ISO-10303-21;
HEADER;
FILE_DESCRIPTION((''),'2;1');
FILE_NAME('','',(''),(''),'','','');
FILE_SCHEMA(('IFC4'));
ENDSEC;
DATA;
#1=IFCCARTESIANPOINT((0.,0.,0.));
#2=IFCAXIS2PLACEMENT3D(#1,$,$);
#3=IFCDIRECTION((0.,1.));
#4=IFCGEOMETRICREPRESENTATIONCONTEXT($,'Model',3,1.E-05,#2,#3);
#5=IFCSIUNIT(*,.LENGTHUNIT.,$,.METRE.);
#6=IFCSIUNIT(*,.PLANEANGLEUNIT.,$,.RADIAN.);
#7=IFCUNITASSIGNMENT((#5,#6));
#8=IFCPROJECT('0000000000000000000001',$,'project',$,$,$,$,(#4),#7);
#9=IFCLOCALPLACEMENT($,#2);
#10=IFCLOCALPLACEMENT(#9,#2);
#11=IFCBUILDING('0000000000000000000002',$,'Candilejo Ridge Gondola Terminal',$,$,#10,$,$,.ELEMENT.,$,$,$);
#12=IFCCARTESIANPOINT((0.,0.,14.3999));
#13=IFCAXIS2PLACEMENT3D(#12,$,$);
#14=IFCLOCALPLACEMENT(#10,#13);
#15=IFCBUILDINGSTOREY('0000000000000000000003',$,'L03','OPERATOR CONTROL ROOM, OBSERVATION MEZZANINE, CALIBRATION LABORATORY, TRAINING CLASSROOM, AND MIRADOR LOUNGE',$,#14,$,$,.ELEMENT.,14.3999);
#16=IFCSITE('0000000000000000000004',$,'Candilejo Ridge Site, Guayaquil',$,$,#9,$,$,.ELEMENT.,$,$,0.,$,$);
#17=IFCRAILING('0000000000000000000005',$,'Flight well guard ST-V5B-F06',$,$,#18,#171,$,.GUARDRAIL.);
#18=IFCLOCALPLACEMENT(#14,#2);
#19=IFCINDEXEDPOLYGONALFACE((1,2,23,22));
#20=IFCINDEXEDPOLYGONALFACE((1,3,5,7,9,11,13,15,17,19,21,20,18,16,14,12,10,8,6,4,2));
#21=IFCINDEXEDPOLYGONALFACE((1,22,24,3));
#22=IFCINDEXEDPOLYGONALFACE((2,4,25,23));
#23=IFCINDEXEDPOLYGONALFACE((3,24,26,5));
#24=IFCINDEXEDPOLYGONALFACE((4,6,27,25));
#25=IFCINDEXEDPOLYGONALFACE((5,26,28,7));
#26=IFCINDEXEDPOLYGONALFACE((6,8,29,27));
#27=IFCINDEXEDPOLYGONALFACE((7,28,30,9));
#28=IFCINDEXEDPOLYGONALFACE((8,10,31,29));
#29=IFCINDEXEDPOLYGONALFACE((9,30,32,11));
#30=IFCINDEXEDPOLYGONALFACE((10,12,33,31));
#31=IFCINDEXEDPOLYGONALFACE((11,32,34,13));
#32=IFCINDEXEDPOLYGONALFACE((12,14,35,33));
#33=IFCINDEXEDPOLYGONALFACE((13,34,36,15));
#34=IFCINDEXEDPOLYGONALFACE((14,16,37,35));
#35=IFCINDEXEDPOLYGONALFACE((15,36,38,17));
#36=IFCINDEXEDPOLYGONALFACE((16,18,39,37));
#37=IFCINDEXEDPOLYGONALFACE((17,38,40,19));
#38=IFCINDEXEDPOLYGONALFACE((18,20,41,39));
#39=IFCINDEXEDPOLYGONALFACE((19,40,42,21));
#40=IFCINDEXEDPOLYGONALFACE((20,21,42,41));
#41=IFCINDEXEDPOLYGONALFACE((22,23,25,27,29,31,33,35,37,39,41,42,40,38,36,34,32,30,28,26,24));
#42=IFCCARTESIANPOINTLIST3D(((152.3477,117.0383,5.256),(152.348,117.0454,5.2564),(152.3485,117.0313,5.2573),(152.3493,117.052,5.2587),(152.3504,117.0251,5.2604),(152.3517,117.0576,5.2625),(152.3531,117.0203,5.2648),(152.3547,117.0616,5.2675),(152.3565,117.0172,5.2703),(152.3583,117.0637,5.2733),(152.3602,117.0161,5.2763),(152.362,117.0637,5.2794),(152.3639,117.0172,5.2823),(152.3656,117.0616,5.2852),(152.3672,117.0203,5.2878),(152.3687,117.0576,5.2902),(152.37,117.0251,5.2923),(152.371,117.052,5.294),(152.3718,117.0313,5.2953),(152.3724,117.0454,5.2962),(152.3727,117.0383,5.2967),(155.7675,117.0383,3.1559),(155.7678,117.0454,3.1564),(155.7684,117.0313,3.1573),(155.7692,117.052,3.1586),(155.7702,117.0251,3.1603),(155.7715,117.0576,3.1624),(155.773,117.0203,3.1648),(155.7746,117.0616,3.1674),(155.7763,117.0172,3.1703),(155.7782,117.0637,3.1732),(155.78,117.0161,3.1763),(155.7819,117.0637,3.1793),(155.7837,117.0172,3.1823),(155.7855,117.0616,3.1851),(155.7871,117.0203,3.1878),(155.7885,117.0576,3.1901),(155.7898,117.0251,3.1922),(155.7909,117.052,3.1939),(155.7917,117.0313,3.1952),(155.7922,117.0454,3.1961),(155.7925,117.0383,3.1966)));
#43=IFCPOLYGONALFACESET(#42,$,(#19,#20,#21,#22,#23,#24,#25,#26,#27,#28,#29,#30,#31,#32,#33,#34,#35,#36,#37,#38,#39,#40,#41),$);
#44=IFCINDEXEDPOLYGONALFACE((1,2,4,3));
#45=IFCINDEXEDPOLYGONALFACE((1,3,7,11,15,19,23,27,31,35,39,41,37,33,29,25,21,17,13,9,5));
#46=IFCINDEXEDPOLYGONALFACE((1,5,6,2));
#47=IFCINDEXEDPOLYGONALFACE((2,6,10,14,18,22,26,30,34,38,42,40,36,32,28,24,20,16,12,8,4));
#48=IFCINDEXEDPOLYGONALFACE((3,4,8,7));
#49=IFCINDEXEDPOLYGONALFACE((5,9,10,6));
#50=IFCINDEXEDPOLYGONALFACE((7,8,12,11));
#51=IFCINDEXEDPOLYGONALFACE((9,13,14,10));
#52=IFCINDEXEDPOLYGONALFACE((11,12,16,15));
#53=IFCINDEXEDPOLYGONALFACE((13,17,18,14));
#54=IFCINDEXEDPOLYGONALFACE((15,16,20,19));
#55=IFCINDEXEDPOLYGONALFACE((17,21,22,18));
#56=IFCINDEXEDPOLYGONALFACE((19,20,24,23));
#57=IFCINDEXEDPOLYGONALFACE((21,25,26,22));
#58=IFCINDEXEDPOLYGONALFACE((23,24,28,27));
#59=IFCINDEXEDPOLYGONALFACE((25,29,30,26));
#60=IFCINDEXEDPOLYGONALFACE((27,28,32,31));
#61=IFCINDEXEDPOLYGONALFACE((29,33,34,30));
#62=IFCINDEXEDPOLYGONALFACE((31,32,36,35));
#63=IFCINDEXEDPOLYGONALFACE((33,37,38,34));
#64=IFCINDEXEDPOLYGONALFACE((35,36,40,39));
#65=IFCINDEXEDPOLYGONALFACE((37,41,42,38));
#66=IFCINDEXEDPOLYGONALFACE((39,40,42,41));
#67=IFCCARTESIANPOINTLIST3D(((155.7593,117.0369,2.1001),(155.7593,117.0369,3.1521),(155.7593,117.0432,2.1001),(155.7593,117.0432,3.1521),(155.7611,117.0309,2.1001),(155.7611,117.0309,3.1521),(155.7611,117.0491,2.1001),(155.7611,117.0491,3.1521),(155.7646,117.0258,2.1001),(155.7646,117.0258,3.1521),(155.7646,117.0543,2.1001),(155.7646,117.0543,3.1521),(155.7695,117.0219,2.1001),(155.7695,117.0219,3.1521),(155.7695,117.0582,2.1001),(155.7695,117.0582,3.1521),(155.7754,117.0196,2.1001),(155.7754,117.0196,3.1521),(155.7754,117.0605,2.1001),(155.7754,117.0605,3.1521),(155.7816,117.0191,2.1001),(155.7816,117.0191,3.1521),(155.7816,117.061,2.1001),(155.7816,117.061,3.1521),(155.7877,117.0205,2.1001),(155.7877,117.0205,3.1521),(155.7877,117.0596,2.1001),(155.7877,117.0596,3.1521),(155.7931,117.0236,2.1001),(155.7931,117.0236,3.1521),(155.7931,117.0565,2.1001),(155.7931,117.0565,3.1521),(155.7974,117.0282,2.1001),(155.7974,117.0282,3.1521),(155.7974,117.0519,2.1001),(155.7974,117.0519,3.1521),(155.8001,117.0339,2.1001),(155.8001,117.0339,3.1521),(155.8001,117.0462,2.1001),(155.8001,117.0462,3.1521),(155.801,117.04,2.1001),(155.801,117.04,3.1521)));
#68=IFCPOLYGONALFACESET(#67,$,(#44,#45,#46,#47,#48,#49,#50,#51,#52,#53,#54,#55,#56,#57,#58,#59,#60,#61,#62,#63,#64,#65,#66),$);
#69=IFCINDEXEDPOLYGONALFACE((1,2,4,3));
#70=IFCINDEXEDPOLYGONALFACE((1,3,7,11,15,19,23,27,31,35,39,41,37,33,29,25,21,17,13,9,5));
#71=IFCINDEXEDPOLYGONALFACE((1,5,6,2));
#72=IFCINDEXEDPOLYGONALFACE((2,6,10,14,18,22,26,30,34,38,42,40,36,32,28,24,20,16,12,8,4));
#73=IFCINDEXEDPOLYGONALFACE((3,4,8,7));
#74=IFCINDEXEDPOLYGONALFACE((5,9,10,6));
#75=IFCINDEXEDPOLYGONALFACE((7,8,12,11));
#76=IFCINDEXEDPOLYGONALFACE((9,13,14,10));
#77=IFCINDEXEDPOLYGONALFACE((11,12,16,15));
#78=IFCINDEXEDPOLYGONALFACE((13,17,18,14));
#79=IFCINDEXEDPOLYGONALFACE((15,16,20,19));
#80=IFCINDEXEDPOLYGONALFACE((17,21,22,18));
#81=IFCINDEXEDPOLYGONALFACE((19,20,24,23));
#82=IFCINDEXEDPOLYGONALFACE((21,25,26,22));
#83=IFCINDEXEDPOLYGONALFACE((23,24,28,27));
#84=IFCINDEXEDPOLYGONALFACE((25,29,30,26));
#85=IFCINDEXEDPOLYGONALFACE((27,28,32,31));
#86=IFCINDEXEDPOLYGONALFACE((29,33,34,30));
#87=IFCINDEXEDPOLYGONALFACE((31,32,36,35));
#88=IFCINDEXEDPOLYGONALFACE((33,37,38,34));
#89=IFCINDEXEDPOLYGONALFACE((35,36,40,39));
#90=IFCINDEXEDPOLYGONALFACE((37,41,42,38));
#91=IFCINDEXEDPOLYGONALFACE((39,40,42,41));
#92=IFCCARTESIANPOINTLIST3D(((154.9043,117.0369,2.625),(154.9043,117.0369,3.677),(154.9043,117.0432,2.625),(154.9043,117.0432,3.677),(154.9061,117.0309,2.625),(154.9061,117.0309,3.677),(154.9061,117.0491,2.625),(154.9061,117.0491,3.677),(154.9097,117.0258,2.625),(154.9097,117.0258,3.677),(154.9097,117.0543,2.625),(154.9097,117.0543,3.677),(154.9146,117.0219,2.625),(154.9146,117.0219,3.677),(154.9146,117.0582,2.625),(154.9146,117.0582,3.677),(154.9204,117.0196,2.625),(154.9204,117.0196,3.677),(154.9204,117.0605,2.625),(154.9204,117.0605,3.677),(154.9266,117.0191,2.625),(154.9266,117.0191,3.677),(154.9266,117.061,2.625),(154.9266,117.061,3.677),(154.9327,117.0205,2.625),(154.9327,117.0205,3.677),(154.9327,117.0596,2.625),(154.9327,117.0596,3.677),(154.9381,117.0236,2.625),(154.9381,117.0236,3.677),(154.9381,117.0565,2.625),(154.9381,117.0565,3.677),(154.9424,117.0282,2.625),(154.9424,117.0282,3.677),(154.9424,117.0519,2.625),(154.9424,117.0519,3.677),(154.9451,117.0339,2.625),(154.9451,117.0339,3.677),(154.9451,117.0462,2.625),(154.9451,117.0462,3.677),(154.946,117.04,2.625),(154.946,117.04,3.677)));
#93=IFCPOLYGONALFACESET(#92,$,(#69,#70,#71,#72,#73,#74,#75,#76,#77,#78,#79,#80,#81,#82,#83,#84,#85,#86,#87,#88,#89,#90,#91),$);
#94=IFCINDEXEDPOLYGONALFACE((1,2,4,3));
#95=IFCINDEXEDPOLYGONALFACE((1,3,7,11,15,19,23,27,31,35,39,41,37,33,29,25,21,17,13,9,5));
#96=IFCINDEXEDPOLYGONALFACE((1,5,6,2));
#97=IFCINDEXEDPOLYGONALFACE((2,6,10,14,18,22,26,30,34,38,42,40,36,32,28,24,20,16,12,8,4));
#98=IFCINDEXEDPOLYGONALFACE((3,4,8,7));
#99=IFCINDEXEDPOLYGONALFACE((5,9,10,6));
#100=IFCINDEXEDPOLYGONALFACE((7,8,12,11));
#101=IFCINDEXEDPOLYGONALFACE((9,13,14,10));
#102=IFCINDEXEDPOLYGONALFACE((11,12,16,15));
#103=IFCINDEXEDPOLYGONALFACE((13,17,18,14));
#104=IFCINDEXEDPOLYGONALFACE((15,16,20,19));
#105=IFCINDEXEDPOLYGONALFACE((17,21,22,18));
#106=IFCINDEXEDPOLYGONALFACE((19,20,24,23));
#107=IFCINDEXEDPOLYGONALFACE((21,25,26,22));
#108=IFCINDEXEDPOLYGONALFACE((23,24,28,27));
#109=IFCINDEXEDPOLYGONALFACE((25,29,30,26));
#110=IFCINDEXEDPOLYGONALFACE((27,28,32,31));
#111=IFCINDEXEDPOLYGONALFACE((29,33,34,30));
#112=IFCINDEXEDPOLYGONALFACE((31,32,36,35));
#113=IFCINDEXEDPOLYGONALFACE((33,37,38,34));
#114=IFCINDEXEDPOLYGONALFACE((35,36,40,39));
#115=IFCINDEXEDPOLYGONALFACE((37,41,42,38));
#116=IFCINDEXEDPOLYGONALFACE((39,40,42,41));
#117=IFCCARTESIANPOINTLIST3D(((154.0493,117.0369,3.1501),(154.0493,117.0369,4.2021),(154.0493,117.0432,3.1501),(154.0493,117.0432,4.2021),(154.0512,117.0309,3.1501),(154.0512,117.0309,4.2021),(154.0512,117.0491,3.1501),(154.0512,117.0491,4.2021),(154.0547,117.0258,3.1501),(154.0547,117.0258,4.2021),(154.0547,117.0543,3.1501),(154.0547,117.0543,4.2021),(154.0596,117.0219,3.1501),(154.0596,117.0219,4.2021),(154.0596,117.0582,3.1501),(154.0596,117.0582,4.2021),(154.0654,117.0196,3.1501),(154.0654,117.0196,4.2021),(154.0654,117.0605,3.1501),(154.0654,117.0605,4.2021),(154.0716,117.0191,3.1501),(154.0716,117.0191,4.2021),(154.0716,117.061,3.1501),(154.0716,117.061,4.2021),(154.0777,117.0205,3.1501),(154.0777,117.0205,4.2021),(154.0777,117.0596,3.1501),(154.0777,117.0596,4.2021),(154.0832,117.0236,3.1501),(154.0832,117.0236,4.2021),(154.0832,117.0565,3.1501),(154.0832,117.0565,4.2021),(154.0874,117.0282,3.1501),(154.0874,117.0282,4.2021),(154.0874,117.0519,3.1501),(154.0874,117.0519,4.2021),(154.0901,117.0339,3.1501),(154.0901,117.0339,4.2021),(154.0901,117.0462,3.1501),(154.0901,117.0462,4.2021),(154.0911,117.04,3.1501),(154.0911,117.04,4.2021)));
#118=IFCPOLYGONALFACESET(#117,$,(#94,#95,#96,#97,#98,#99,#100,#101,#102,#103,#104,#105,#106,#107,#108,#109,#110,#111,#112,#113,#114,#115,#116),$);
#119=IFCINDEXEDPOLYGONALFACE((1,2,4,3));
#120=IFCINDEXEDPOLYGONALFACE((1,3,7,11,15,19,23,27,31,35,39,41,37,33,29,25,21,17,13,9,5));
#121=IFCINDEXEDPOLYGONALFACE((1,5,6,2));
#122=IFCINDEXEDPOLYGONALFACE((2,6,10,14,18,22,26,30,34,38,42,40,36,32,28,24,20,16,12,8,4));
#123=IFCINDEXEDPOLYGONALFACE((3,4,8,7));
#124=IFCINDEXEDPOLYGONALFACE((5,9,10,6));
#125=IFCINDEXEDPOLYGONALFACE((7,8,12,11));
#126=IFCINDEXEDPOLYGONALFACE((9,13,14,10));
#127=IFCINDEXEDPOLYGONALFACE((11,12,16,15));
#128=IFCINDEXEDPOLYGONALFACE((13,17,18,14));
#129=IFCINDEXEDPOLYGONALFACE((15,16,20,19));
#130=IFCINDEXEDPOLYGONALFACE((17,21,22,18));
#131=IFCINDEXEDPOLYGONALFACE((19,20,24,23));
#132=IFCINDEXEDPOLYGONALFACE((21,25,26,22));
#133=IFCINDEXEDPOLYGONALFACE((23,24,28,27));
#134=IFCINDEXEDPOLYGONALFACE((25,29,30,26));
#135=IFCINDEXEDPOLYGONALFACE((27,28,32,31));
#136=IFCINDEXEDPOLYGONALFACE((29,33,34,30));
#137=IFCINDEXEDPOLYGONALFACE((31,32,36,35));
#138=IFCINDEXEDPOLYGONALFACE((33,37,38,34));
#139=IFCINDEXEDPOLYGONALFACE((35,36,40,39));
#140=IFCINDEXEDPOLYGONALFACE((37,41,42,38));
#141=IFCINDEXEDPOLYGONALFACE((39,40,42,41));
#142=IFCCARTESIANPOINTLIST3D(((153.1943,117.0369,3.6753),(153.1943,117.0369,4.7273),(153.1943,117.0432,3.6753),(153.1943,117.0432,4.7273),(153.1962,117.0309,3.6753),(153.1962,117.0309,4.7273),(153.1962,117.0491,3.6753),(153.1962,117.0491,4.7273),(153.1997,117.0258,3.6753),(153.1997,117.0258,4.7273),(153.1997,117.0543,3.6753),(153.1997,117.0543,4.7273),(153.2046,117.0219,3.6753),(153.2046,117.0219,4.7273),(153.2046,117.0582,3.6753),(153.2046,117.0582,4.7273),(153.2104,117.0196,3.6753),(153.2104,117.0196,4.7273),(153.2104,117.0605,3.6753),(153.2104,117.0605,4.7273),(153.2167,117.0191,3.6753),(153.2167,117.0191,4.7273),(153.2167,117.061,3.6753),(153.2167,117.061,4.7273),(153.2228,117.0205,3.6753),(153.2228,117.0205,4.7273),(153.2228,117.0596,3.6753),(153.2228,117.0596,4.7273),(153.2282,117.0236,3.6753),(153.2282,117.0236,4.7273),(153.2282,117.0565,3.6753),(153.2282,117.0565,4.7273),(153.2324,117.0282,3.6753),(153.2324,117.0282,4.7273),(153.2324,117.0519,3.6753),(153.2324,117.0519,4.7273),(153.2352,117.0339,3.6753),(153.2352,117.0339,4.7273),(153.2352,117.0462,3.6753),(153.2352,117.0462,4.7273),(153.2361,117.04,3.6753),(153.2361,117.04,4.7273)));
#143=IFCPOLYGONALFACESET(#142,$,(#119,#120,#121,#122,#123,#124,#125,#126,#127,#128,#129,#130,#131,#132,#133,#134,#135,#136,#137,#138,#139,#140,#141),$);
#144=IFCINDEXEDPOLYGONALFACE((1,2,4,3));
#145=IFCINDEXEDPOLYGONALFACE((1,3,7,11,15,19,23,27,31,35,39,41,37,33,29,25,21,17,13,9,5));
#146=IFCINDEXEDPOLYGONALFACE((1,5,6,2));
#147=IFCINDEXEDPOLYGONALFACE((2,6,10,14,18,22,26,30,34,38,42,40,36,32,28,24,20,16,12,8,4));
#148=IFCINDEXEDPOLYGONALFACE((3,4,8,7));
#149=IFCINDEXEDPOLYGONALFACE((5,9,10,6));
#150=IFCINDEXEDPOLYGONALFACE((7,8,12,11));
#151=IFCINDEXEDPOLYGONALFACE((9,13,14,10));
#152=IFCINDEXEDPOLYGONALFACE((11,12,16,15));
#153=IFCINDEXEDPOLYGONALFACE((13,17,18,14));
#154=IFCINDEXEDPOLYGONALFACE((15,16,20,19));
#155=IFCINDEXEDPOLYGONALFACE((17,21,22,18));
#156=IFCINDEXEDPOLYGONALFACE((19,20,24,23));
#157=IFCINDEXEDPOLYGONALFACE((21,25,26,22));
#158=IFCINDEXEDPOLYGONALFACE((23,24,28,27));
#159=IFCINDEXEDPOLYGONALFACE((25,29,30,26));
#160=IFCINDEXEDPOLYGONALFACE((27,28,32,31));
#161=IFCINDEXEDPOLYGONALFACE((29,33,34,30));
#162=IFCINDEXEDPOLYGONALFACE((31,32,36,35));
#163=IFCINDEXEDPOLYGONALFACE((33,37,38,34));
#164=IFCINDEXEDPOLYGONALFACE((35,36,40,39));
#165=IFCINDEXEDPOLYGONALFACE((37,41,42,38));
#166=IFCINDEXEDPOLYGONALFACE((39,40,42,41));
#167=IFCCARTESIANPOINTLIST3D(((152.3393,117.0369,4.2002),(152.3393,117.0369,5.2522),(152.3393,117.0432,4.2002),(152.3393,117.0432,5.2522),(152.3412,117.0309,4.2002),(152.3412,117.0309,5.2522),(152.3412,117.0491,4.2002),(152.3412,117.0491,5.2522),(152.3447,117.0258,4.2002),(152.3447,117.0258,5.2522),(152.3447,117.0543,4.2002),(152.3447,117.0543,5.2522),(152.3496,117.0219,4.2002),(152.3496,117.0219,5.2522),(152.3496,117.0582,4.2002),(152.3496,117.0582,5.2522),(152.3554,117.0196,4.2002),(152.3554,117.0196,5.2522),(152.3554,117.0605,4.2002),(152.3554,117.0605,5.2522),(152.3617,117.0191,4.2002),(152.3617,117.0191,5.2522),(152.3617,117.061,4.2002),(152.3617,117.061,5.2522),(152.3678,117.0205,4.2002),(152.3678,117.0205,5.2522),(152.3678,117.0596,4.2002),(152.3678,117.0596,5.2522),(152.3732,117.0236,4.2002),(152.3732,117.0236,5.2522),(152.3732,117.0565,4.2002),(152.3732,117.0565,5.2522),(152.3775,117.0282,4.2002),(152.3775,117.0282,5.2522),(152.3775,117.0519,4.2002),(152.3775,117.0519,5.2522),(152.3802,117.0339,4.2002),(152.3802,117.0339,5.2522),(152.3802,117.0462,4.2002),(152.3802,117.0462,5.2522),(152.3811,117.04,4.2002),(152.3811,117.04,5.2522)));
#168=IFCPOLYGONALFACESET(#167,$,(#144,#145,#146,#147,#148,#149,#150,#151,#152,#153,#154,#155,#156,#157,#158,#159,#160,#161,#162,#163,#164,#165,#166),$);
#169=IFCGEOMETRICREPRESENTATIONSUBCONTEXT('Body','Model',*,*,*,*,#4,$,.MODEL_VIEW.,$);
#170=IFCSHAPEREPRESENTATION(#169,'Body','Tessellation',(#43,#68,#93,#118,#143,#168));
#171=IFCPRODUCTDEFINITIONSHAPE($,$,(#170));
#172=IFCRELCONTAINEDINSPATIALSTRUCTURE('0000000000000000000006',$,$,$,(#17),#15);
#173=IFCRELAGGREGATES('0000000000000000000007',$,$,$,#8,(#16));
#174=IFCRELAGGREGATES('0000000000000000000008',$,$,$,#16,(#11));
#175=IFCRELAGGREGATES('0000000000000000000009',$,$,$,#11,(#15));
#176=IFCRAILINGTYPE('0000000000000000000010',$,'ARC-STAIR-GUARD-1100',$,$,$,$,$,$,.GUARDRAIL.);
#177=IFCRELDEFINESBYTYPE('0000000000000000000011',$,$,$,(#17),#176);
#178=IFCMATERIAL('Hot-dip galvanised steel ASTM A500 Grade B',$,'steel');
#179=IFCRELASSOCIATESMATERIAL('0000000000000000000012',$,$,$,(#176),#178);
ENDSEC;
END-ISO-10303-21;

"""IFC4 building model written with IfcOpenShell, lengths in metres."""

from ifc_helpers import new_model, si_unit, direction, frame, origin, origin_2d, place, context, subcontext, project, spatial, circle, extrude, material, type_object, element, save


model = new_model("IFC4")

# Units and contexts
model_context = context("Model", 3, precision=1e-05, world=origin(), true_north=direction((0.0, 1.0)))
body_context = subcontext(model_context, "Body", "Model", "MODEL_VIEW")
ifc_project = project(units=[si_unit("LENGTHUNIT", "METRE"), si_unit("PLANEANGLEUNIT", "RADIAN")], contexts=[model_context])

# Site, building, storey
site_placement = place(None, origin())
site = spatial("IfcSite", under=ifc_project, at=site_placement, Name="Candilejo Ridge Site, Guayaquil", CompositionType="ELEMENT", RefElevation=0.0)
building_placement = place(site_placement, origin())
building = spatial("IfcBuilding", under=site, at=building_placement, Name="Candilejo Ridge Gondola Terminal", CompositionType="ELEMENT")
storey_placement = place(building_placement, frame((0.0, 0.0, 14.3999)))
storey = spatial("IfcBuildingStorey", under=building, at=storey_placement, Name="L03", Description="OPERATOR CONTROL ROOM, OBSERVATION MEZZANINE, CALIBRATION LABORATORY, TRAINING CLASSROOM, AND MIRADOR LOUNGE", CompositionType="ELEMENT", Elevation=14.3999)

# Railing
ifc_material_1 = material(Name="Hot-dip galvanised steel ASTM A500 Grade B", Category="steel")
railing_type_1 = type_object("IfcRailingType", Name="ARC-STAIR-GUARD-1100", PredefinedType="GUARDRAIL", material=ifc_material_1)
railing_1_placement = place(storey_placement, frame((155.78, 117.04, 2.1001)))
element("IfcRailing", 1, at=railing_1_placement, inside=storey, type_object=railing_type_1, Name="Flight well guard ST-V5B-F06", PredefinedType="GUARDRAIL", context=body_context, shape_type="SweptSolid", body=[
    extrude(circle(Radius=0.0239, at=origin_2d()), frame((0.0, 0.0, 1.0762), z_axis=(-0.852155, 0.0, 0.523289), x_axis=(0.0, -1.0, 0.0)), (0.0, 0.0, 1.0), 4.0132),
    extrude(circle(Radius=0.021, at=origin_2d()), origin(), (0.0, 0.0, 1.0), 1.052),
    extrude(circle(Radius=0.021, at=origin_2d()), frame((-0.855, 0.0, 0.5249)), (0.0, 0.0, 1.0), 1.052),
    extrude(circle(Radius=0.021, at=origin_2d()), frame((-1.71, 0.0, 1.05)), (0.0, 0.0, 1.0), 1.052),
    extrude(circle(Radius=0.021, at=origin_2d()), frame((-2.5649, 0.0, 1.5752)), (0.0, 0.0, 1.0), 1.052),
    extrude(circle(Radius=0.021, at=origin_2d()), frame((-3.4199, 0.0, 2.1001)), (0.0, 0.0, 1.0), 1.052),
])

save(model, "model.ifc")
